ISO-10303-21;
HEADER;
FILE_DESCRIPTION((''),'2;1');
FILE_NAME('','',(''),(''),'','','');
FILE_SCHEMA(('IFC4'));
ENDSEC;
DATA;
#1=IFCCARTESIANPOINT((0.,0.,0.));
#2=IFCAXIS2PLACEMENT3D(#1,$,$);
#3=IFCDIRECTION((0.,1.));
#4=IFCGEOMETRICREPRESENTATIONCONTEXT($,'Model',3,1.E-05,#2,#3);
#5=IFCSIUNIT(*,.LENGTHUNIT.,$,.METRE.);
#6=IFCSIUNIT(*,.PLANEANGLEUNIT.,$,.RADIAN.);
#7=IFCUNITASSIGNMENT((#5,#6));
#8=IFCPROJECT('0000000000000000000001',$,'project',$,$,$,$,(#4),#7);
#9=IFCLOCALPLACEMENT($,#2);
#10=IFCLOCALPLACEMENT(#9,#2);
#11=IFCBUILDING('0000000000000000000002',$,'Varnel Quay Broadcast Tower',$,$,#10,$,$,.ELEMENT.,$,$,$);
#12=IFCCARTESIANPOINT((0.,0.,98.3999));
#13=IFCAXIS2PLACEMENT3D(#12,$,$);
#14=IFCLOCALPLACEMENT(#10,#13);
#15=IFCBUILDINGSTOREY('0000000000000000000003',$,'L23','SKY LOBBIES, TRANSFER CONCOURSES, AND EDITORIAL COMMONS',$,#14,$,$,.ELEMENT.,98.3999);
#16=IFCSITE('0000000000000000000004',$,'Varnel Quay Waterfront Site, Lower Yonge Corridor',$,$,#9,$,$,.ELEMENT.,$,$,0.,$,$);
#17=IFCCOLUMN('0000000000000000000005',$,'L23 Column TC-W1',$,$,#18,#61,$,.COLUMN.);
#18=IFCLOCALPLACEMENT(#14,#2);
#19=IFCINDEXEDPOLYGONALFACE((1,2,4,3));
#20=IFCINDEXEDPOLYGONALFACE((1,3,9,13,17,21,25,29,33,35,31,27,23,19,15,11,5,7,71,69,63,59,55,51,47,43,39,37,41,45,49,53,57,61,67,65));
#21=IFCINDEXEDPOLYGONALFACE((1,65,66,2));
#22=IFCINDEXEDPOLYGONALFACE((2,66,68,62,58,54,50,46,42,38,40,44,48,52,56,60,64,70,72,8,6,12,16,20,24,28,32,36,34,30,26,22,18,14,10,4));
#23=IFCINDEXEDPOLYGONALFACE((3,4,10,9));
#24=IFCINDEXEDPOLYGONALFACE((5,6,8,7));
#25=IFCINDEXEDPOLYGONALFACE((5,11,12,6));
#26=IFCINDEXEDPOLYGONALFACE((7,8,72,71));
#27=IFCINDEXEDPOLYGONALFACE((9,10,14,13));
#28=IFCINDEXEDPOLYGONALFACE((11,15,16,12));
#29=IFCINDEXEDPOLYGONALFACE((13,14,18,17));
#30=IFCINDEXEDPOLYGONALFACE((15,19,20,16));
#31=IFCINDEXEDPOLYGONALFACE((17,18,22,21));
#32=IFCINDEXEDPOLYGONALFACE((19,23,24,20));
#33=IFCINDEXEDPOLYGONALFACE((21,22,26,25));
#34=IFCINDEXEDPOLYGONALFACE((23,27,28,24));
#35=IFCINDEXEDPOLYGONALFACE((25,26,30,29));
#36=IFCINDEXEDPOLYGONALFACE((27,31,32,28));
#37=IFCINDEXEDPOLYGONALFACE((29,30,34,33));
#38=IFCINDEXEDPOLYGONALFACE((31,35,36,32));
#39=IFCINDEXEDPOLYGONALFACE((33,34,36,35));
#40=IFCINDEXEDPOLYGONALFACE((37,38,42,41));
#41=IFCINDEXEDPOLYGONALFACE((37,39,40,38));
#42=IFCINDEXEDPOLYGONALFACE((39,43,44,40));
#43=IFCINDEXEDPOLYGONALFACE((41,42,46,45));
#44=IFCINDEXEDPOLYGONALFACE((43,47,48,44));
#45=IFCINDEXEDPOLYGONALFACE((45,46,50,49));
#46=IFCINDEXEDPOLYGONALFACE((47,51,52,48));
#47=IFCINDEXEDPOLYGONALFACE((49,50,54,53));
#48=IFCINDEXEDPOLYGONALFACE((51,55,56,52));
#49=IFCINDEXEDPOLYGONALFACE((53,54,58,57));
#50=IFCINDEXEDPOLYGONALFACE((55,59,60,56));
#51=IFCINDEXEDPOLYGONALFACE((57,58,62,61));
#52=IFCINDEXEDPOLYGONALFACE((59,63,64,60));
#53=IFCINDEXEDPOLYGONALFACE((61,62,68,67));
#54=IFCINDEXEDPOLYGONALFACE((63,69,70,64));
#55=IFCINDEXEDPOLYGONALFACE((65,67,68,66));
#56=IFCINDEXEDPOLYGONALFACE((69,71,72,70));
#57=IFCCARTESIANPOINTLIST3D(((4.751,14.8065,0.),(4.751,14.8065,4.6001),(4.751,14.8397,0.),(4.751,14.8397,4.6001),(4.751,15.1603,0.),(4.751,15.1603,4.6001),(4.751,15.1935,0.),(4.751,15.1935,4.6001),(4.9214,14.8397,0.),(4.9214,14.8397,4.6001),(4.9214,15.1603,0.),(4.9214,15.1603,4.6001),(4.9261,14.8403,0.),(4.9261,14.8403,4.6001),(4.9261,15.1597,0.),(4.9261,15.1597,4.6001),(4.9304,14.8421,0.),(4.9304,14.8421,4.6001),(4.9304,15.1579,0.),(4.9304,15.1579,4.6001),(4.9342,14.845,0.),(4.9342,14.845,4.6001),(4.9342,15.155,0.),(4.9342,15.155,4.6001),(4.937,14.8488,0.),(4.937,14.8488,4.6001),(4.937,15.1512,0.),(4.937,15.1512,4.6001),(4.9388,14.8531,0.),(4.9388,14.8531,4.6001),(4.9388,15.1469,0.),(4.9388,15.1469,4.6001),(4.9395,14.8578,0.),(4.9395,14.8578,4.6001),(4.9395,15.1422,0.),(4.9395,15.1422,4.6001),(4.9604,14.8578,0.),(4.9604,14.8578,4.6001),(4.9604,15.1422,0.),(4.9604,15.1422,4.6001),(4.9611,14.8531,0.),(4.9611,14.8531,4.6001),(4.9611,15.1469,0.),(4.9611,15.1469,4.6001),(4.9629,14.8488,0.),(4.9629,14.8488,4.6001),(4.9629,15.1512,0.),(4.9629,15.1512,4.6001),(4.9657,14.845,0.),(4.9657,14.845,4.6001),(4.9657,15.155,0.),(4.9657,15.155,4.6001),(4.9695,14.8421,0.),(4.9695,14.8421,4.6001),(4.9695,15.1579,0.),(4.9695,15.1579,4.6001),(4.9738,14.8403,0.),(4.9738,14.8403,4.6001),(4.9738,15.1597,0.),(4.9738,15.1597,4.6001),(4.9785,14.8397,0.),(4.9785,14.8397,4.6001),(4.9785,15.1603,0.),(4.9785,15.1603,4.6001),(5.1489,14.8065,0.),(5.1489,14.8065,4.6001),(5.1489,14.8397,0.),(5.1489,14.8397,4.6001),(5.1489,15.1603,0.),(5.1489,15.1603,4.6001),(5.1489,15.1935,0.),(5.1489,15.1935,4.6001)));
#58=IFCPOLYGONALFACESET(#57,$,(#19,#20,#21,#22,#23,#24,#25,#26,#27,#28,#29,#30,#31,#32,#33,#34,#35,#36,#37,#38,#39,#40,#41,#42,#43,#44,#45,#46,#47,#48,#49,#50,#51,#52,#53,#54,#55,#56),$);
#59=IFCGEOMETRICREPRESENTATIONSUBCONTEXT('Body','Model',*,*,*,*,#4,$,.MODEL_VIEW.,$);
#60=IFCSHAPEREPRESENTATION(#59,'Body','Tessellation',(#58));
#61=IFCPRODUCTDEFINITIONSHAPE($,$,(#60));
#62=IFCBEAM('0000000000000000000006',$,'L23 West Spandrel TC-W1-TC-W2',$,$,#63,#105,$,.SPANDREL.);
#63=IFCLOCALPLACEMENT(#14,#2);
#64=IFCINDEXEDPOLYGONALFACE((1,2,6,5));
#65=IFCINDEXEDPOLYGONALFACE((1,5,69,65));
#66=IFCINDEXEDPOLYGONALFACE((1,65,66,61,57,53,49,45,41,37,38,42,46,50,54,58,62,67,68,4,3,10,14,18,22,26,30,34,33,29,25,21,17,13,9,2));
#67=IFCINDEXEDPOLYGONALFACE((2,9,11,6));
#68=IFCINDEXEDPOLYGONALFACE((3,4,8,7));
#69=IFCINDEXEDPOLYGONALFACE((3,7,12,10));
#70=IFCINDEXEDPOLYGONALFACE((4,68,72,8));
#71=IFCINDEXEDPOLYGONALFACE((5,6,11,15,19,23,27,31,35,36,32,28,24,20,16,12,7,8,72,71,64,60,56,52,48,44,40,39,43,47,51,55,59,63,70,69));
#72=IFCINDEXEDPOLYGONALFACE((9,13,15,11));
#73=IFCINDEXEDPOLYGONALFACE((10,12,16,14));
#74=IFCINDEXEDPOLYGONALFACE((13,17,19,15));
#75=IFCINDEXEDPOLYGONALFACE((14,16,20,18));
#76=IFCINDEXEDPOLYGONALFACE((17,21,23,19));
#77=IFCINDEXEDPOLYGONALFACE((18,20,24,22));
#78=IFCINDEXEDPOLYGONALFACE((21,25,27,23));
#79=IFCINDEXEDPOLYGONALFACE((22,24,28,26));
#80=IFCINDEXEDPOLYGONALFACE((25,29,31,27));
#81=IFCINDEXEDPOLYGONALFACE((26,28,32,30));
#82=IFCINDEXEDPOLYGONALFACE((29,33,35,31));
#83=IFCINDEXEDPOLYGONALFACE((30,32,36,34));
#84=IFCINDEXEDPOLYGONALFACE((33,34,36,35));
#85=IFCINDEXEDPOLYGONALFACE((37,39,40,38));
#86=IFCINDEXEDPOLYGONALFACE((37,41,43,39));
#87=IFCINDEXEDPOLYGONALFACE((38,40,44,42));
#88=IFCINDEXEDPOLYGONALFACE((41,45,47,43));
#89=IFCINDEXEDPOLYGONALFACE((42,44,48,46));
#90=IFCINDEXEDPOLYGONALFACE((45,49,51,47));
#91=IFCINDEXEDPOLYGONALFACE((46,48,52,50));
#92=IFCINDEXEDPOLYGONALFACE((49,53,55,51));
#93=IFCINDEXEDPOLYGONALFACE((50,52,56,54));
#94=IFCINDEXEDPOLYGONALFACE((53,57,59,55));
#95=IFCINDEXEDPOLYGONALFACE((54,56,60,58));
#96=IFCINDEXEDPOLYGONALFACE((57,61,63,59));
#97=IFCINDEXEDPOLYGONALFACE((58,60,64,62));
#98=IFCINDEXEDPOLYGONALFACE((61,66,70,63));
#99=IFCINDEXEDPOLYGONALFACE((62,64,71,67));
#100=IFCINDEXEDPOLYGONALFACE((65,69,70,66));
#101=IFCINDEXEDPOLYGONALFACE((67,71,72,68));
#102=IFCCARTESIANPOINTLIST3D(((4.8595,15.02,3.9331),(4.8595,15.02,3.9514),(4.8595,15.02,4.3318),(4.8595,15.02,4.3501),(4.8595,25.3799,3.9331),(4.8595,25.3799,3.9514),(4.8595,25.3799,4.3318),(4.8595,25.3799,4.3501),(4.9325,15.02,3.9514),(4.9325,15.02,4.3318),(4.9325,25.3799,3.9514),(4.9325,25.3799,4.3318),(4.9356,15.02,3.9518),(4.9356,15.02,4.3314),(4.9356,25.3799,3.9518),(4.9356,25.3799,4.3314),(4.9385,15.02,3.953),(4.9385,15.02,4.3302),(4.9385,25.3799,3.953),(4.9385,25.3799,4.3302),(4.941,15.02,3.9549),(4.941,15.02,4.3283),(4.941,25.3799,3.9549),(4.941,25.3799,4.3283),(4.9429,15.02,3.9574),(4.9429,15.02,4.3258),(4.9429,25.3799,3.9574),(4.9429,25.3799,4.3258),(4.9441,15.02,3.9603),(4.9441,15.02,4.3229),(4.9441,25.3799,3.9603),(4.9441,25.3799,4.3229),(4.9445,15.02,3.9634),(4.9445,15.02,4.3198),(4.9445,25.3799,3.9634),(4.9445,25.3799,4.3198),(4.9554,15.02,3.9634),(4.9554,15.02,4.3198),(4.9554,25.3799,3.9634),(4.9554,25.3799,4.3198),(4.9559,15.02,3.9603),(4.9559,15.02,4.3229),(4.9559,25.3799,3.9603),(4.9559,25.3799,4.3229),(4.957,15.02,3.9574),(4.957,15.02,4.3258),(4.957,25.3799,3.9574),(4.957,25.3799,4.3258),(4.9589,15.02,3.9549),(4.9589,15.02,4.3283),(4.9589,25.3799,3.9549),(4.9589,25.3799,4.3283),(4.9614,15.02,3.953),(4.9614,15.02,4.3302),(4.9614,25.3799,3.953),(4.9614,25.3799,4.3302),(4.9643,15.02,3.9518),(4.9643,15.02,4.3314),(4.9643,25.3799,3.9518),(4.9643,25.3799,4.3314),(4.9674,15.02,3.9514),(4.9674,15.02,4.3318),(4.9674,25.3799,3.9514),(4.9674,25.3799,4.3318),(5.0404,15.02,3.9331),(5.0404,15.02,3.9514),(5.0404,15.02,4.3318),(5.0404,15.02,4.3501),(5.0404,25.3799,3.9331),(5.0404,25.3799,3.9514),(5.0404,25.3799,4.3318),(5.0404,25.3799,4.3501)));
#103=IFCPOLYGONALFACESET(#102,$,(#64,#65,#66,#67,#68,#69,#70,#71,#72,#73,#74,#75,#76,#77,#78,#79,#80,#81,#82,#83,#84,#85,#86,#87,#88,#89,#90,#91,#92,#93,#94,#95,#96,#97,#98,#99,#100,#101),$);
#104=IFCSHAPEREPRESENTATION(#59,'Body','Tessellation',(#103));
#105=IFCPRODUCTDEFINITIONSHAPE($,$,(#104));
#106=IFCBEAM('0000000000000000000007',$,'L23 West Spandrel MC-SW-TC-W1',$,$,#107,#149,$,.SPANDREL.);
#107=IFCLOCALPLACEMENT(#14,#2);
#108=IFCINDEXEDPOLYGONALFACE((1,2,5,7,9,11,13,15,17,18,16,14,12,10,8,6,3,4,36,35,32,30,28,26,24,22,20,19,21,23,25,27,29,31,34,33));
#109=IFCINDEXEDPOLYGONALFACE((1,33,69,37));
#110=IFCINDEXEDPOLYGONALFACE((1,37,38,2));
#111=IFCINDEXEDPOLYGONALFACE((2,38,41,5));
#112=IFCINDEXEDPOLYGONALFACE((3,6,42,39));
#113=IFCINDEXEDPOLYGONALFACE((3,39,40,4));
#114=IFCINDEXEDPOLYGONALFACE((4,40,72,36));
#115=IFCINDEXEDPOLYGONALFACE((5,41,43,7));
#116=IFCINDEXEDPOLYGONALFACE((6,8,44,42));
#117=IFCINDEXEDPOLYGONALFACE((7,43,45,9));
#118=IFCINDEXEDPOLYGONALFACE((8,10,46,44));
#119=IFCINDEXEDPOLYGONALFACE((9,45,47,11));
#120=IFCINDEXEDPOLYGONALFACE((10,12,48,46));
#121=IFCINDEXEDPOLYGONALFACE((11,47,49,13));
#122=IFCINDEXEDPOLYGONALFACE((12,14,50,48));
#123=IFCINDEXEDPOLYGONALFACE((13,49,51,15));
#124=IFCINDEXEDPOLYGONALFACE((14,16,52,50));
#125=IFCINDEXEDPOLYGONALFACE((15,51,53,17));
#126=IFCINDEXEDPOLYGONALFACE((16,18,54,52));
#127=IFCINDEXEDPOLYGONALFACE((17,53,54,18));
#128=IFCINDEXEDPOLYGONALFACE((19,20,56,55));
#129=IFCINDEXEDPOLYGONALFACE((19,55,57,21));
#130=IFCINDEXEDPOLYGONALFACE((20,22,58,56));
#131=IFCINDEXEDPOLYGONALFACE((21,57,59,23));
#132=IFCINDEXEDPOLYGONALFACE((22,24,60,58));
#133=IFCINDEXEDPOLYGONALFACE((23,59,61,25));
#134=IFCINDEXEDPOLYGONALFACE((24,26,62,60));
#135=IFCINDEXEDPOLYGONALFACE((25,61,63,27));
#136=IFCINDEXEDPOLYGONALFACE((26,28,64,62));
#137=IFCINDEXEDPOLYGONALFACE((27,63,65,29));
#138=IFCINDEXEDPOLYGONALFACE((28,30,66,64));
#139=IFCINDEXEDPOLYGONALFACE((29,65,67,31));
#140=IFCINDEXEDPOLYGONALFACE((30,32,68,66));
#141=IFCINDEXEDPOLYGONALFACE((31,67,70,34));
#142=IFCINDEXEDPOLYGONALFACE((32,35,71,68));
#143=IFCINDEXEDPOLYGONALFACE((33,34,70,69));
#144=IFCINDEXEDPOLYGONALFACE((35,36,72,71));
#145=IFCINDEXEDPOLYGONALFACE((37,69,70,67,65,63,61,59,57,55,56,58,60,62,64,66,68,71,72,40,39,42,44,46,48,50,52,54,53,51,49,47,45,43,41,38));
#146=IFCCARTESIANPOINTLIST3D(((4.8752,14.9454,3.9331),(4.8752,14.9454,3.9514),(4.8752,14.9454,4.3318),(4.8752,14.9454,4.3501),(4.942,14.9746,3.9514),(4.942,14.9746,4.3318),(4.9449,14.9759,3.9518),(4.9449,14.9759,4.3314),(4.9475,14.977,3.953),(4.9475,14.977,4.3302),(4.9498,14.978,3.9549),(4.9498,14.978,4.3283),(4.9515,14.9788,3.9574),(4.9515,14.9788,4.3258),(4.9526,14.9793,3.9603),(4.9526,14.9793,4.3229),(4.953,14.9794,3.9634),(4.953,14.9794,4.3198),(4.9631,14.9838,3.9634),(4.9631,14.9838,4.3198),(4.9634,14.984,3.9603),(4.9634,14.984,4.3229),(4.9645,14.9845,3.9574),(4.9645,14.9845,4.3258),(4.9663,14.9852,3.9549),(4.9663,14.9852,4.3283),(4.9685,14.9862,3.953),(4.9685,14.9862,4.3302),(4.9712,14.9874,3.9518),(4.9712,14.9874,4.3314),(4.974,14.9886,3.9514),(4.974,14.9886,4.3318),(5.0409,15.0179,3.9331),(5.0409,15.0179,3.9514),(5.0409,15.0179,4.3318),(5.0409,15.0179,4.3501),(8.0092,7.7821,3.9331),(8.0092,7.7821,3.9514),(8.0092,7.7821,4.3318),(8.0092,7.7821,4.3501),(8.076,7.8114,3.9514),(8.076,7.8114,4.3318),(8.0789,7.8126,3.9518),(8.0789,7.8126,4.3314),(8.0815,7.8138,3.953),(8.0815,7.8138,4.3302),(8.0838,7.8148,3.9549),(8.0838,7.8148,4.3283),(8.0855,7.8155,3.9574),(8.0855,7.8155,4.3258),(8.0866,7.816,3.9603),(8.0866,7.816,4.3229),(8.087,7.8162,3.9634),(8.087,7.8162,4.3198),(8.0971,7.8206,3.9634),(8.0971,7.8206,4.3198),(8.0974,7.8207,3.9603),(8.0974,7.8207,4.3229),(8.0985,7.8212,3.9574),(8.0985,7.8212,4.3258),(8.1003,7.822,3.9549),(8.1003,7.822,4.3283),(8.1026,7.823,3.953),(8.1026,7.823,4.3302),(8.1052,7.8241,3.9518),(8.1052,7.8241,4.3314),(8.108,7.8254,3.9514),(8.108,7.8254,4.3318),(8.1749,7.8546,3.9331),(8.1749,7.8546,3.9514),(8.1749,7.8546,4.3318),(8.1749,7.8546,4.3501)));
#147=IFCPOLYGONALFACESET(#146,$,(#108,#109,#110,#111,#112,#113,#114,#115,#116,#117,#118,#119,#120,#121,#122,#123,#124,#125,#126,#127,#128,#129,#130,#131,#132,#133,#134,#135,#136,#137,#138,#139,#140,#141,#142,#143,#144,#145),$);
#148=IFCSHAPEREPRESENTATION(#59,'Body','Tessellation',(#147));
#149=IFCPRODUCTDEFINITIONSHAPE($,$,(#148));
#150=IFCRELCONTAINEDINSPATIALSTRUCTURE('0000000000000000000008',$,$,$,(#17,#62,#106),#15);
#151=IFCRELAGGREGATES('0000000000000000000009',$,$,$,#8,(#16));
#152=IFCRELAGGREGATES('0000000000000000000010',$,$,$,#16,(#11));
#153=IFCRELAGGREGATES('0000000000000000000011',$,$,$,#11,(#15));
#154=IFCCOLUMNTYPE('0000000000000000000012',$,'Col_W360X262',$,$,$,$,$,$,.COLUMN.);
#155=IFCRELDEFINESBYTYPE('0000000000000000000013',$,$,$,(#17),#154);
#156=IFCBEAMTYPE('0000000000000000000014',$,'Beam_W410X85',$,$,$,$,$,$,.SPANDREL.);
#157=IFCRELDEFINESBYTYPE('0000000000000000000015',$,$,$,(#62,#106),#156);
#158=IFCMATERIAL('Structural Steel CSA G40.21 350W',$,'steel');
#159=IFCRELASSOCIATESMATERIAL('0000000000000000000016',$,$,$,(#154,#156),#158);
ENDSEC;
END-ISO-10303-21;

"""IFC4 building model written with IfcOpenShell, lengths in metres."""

from ifc_helpers import new_model, si_unit, direction, frame, origin, origin_2d, place, context, subcontext, project, spatial, i_section, extrude, source, transform, mapped, material, material_profile, profile_set, type_object, type_shapes, element, save


model = new_model("IFC4")

# Units and contexts
model_context = context("Model", 3, precision=1e-05, world=origin(), true_north=direction((0.0, 1.0)))
body_context = subcontext(model_context, "Body", "Model", "MODEL_VIEW")
ifc_project = project(units=[si_unit("LENGTHUNIT", "METRE"), si_unit("PLANEANGLEUNIT", "RADIAN")], contexts=[model_context])

# Site, building, storey
site_placement = place(None, origin())
site = spatial("IfcSite", under=ifc_project, at=site_placement, Name="Varnel Quay Waterfront Site, Lower Yonge Corridor", CompositionType="ELEMENT", RefElevation=0.0)
building_placement = place(site_placement, origin())
building = spatial("IfcBuilding", under=site, at=building_placement, Name="Varnel Quay Broadcast Tower", CompositionType="ELEMENT")
storey_placement = place(building_placement, frame((0.0, 0.0, 98.3999)))
storey = spatial("IfcBuildingStorey", under=building, at=storey_placement, Name="L23", Description="SKY LOBBIES, TRANSFER CONCOURSES, AND EDITORIAL COMMONS", CompositionType="ELEMENT", Elevation=98.3999)

# Column
ifc_material_1 = material(Name="Structural Steel CSA G40.21 350W", Category="steel")
ifc_material_profile_1 = material_profile(ifc_material_1, i_section(OverallWidth=0.3979, OverallDepth=0.387, WebThickness=0.021, FlangeThickness=0.0332, FilletRadius=0.0181, at=origin_2d()), Name="W360X262")
ifc_profile_set_1 = profile_set([ifc_material_profile_1], Name="Structural Steel CSA G40.21 350W")
column_type = type_object("IfcColumnType", Name="Col_W360X262", PredefinedType="COLUMN", material=ifc_profile_set_1)
shared_shape_1 = source(origin(), body_context, "Body", "SweptSolid", [
    extrude(i_section(OverallWidth=0.3979, OverallDepth=0.387, WebThickness=0.021, FlangeThickness=0.0332, FilletRadius=0.0181, at=origin_2d()), origin(), (0.0, 0.0, 1.0), 4.6001),
])
type_shapes(column_type, [shared_shape_1])
column_placement = place(storey_placement, frame((4.95, 15.0, 0.0), z_axis=(0.0, 0.0, 1.0), x_axis=(1.0, 0.0, 0.0)))
element("IfcColumn", 1, at=column_placement, inside=storey, type_object=column_type, Name="L23 Column TC-W1", PredefinedType="COLUMN", context=body_context, shape_type="MappedRepresentation", body=[
    mapped(shared_shape_1, transform((0.0, 0.0, 0.0), x_axis=(1.0, 0.0, 0.0), y_axis=(0.0, 1.0, 0.0), z_axis=(0.0, 0.0, 1.0), scale=1.0)),
])

# Beams
ifc_material_profile_2 = material_profile(ifc_material_1, i_section(OverallWidth=0.1809, OverallDepth=0.417, WebThickness=0.011, FlangeThickness=0.0183, FilletRadius=0.012, at=origin_2d()), Name="W410X85")
ifc_profile_set_2 = profile_set([ifc_material_profile_2], Name="Structural Steel CSA G40.21 350W")
beam_type_1 = type_object("IfcBeamType", Name="Beam_W410X85", PredefinedType="SPANDREL", material=ifc_profile_set_2)
shared_shape_2 = source(origin(), body_context, "Body", "SweptSolid", [
    extrude(i_section(OverallWidth=0.1809, OverallDepth=0.417, WebThickness=0.011, FlangeThickness=0.0183, FilletRadius=0.012, at=origin_2d()), origin(), (0.0, 0.0, 1.0), 10.3599),
])
beam_1_placement = place(storey_placement, frame((4.95, 15.02, 4.1416), z_axis=(0.0, 1.0, 0.0), x_axis=(-1.0, 0.0, 0.0)))
element("IfcBeam", 2, at=beam_1_placement, inside=storey, type_object=beam_type_1, Name="L23 West Spandrel TC-W1-TC-W2", PredefinedType="SPANDREL", context=body_context, shape_type="MappedRepresentation", body=[
    mapped(shared_shape_2, transform((0.0, 0.0, 0.0), x_axis=(1.0, 0.0, 0.0), y_axis=(0.0, 1.0, 0.0), z_axis=(0.0, 0.0, 1.0), scale=1.0)),
])
shared_shape_3 = source(origin(), body_context, "Body", "SweptSolid", [
    extrude(i_section(OverallWidth=0.1809, OverallDepth=0.417, WebThickness=0.011, FlangeThickness=0.0183, FilletRadius=0.012, at=origin_2d()), origin(), (0.0, 0.0, 1.0), 7.8188),
])
type_shapes(beam_type_1, [shared_shape_2, shared_shape_3])
beam_2_placement = place(storey_placement, frame((8.092, 7.8184, 4.1416), z_axis=(-0.400827, 0.916154, 0.0), x_axis=(-0.916154, -0.400827, 0.0)))
element("IfcBeam", 3, at=beam_2_placement, inside=storey, type_object=beam_type_1, Name="L23 West Spandrel MC-SW-TC-W1", PredefinedType="SPANDREL", context=body_context, shape_type="MappedRepresentation", body=[
    mapped(shared_shape_3, transform((0.0, 0.0, 0.0), x_axis=(1.0, 0.0, 0.0), y_axis=(0.0, 1.0, 0.0), z_axis=(0.0, 0.0, 1.0), scale=1.0)),
])

save(model, "model.ifc")
